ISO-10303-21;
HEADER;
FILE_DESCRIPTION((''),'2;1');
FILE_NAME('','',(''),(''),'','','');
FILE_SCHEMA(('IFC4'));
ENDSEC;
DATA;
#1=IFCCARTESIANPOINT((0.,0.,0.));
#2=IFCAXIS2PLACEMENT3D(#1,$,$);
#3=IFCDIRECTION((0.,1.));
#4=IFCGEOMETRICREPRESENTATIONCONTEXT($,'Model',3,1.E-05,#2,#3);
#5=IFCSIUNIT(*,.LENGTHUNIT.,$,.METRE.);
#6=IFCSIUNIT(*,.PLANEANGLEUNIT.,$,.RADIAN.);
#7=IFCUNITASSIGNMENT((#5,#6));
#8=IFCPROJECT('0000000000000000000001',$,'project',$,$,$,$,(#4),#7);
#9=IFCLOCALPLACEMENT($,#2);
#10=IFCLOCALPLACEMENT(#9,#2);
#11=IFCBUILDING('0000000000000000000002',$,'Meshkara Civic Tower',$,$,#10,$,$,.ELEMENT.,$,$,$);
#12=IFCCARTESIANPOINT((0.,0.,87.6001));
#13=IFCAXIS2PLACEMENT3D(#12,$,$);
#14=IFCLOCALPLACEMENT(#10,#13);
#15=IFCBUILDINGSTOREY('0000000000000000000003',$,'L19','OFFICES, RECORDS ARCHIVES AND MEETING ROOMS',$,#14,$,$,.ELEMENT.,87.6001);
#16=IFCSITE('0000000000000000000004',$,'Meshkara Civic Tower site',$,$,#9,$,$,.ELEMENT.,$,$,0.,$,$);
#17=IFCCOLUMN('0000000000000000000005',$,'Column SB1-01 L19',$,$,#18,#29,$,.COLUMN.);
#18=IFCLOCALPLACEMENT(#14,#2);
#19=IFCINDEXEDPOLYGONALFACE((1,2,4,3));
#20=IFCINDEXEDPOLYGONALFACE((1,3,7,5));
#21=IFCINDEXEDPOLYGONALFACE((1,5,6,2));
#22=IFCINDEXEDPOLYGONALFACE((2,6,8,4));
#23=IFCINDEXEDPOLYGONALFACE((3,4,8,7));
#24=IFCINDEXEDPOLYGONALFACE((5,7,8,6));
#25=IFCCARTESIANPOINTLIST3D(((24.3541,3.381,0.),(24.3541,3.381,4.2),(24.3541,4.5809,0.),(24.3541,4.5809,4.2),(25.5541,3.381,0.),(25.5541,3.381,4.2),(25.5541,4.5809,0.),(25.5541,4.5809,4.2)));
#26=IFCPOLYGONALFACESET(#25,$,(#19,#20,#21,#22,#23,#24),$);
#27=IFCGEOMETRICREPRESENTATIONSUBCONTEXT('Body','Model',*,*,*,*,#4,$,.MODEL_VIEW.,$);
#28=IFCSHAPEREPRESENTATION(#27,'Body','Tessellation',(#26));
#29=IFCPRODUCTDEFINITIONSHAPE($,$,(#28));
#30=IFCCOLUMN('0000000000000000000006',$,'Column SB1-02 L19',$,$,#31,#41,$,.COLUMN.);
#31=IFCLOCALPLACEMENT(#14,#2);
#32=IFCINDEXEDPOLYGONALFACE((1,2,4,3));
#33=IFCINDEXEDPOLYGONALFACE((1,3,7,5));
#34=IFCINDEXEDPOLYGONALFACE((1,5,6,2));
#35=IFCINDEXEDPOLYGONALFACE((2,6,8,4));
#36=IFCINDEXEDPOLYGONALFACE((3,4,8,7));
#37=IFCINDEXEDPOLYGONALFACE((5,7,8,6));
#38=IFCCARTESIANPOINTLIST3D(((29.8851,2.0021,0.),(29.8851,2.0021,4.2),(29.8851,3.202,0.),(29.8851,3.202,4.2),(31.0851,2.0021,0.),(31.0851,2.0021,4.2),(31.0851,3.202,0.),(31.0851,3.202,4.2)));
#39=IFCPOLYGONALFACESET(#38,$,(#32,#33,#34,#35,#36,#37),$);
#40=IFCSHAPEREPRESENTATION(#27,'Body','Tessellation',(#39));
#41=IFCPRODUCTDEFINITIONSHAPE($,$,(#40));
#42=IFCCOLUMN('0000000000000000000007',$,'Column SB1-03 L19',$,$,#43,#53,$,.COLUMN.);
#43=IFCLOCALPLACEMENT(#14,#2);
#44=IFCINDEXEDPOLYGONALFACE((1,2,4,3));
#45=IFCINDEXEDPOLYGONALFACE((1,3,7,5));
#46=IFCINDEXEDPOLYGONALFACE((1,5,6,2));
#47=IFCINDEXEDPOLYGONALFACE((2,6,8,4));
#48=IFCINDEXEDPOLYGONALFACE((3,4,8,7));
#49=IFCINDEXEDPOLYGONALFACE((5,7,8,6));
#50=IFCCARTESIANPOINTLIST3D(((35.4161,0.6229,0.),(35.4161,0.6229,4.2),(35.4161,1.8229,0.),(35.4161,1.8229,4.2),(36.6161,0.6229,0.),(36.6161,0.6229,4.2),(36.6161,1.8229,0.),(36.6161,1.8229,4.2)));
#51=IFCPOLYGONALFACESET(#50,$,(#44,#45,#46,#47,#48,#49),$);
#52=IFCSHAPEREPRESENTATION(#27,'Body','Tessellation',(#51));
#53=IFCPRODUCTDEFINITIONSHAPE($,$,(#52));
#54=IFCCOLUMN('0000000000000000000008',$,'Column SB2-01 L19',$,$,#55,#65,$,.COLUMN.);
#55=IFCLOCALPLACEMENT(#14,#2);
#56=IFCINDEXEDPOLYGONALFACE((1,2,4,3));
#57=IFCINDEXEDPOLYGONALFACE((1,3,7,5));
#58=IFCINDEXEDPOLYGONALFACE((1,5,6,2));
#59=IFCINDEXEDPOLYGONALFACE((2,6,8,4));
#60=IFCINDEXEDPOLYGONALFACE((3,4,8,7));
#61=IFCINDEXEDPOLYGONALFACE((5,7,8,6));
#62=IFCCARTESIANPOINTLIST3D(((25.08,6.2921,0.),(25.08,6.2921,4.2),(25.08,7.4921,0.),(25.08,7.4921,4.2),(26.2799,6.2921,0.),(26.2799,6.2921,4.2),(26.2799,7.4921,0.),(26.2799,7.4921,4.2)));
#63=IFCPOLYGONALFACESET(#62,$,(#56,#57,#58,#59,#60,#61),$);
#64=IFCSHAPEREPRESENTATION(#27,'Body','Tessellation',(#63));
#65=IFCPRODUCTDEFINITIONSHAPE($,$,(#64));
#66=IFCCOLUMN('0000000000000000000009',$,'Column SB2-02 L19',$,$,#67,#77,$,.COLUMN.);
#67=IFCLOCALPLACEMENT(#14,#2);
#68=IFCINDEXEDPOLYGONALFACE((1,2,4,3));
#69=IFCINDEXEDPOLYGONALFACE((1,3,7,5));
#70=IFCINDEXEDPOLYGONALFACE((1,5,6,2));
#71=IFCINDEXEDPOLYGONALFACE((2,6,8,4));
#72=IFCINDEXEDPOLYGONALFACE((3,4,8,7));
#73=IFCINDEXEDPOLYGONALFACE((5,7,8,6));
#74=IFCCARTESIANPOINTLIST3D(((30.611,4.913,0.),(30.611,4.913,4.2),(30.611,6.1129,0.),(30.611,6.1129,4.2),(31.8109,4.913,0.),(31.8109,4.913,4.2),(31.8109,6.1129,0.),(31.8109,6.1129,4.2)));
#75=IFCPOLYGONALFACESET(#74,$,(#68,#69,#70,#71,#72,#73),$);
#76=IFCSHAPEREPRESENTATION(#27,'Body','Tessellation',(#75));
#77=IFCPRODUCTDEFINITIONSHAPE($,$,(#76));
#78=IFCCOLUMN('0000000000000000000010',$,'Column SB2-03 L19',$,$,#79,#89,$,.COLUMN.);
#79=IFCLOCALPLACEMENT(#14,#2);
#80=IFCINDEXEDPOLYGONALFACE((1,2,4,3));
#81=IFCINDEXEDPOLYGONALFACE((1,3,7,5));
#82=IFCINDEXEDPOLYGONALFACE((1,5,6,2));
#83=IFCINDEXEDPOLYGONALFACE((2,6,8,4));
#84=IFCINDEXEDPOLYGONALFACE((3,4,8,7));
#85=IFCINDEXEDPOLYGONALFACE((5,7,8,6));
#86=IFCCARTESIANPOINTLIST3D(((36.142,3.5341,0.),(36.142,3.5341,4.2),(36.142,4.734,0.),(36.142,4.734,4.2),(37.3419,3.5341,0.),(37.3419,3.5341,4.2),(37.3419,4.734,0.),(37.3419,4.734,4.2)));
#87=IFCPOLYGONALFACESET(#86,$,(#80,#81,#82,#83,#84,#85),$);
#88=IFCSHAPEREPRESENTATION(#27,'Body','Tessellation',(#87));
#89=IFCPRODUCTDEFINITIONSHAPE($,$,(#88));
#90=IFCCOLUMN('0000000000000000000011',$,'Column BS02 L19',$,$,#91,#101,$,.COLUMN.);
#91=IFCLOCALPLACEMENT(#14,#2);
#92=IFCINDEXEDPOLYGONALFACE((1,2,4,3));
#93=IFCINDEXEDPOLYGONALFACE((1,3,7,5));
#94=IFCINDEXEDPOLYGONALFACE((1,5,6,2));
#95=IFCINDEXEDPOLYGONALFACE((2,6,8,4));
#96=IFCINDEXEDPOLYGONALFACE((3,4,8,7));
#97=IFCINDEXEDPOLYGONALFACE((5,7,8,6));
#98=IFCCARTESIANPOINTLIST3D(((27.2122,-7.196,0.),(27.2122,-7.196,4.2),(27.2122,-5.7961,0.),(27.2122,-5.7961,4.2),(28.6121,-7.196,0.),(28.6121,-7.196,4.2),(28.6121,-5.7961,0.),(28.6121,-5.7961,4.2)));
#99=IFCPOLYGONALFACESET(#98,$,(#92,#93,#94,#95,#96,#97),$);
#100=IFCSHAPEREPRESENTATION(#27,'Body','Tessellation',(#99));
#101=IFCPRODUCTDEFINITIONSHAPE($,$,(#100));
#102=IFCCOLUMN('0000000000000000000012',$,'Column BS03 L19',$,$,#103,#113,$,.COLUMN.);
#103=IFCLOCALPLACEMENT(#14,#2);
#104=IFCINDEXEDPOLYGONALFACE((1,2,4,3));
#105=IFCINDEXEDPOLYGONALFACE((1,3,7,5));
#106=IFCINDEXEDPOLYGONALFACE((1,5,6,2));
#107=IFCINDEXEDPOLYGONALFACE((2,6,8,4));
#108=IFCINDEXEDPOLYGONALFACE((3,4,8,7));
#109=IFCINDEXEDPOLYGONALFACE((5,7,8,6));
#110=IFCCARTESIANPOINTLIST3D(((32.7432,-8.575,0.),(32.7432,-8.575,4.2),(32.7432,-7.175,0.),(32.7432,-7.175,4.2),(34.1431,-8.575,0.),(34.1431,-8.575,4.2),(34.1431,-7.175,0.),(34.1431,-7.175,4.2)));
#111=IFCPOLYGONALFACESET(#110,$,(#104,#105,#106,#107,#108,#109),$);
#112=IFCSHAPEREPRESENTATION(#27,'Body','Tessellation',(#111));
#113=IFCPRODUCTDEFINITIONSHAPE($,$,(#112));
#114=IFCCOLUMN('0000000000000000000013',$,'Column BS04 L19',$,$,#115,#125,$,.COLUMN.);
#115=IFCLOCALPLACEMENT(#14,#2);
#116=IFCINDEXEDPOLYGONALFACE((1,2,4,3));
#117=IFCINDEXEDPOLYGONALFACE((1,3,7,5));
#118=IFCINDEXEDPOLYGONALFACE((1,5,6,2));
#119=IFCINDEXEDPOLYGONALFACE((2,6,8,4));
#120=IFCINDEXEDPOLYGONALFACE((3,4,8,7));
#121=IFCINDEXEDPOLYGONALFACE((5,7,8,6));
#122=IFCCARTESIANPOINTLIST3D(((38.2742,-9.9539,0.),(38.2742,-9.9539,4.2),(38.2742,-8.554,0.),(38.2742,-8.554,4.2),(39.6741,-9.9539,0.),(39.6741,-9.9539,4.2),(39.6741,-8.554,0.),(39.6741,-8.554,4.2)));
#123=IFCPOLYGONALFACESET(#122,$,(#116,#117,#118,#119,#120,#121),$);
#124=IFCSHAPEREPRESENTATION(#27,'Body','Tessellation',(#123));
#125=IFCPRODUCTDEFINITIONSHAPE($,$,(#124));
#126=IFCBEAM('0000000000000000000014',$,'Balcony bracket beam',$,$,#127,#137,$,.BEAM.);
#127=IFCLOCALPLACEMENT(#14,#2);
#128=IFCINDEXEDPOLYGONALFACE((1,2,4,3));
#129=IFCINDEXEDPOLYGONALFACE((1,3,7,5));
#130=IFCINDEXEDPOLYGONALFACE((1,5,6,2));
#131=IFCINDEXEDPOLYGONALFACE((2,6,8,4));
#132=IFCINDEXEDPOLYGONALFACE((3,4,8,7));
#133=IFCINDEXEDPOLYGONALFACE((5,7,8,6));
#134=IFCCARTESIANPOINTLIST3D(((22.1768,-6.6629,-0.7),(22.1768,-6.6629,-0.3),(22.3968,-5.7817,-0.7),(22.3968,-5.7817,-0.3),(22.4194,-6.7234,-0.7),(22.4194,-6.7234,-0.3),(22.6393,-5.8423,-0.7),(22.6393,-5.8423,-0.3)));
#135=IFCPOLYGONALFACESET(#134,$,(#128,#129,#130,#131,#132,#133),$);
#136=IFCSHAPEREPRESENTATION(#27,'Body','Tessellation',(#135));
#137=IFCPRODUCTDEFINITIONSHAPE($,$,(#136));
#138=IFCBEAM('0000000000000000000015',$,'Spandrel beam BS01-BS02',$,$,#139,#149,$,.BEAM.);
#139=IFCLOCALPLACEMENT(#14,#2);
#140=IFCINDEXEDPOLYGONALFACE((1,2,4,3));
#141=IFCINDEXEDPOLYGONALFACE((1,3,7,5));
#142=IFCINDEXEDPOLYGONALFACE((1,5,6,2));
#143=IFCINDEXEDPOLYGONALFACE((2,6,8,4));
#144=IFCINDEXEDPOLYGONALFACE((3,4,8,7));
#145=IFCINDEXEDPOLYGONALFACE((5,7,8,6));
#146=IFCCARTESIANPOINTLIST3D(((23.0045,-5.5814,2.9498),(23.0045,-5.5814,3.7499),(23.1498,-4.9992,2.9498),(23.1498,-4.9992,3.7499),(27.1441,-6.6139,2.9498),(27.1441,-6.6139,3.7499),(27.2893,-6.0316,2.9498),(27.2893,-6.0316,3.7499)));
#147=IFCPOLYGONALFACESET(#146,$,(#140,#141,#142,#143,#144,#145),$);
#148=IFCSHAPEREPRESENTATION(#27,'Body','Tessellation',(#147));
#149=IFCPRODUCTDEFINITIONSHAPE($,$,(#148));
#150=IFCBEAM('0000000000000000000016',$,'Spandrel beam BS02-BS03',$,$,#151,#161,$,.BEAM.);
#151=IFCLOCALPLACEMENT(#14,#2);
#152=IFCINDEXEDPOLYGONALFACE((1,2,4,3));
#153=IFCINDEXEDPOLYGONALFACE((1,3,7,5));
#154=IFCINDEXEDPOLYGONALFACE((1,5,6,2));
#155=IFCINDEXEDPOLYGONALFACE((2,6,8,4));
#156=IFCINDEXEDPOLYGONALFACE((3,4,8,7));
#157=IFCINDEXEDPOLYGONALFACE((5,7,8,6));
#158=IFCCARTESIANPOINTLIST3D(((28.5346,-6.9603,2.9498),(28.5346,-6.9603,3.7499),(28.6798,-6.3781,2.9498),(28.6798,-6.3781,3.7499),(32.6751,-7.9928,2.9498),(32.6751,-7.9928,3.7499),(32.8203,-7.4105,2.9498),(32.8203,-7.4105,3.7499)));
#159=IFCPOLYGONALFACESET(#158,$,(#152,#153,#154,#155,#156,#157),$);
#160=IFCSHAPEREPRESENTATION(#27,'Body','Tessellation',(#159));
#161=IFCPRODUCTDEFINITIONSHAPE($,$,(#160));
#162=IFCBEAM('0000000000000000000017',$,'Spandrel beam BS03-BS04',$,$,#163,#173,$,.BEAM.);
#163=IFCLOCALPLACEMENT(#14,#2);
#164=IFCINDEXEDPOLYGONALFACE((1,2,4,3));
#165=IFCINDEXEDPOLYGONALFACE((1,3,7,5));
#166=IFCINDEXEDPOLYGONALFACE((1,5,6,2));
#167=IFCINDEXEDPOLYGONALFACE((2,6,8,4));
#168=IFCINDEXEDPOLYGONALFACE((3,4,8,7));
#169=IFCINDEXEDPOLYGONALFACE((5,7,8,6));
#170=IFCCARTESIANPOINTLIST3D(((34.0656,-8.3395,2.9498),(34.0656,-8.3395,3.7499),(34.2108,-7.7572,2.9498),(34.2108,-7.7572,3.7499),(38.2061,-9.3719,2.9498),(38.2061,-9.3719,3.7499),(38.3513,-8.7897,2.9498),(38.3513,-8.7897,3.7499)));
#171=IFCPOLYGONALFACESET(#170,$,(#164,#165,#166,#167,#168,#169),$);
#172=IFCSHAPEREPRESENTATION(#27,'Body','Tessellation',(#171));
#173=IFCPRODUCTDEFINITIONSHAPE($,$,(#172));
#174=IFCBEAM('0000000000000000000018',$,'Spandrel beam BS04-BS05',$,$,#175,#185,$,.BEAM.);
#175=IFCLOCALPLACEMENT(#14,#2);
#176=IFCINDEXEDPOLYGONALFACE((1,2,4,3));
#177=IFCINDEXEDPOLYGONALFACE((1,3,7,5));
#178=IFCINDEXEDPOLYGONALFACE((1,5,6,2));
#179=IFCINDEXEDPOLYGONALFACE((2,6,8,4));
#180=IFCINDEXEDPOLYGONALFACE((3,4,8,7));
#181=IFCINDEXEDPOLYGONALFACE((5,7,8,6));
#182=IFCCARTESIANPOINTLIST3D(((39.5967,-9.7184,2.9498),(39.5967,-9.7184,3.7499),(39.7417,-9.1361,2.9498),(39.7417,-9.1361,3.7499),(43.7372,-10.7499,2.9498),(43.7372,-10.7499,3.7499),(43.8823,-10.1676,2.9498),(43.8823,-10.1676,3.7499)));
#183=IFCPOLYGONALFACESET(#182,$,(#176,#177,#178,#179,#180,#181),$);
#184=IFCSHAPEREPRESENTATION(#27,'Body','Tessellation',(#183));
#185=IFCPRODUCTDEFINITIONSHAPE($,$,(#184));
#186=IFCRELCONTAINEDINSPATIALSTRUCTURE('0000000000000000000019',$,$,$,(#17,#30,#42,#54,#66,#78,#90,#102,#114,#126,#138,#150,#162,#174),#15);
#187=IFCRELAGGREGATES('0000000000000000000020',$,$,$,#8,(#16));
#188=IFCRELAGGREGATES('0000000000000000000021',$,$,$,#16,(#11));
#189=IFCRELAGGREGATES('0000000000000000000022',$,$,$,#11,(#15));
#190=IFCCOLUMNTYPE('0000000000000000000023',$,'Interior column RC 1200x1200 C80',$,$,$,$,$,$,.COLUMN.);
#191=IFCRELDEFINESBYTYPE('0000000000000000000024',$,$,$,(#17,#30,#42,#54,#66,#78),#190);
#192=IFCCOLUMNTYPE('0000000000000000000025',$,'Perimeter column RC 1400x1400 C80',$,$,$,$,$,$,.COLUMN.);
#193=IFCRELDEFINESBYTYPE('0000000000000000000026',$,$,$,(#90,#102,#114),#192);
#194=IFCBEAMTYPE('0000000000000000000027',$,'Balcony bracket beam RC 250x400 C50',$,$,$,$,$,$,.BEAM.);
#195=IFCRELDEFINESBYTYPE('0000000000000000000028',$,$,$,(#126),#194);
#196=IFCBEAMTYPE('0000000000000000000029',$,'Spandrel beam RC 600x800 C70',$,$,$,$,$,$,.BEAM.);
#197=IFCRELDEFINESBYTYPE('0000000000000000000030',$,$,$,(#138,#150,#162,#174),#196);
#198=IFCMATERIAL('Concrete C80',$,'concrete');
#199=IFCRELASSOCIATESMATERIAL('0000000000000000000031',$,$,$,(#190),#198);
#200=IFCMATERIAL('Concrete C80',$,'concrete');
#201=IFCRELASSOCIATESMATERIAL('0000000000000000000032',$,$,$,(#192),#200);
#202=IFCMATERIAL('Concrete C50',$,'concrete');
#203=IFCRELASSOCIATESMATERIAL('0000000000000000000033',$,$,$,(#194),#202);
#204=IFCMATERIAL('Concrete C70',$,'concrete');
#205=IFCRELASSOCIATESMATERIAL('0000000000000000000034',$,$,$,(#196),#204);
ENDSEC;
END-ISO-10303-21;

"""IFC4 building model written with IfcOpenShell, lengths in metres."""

from ifc_helpers import new_model, si_unit, direction, frame, origin, origin_2d, place, context, subcontext, project, spatial, rectangle, extrude, material, material_profile, profile_set, type_object, element, save


model = new_model("IFC4")

# Units and contexts
model_context = context("Model", 3, precision=1e-05, world=origin(), true_north=direction((0.0, 1.0)))
body_context = subcontext(model_context, "Body", "Model", "MODEL_VIEW")
ifc_project = project(units=[si_unit("LENGTHUNIT", "METRE"), si_unit("PLANEANGLEUNIT", "RADIAN")], contexts=[model_context])

# Site, building, storey
site_placement = place(None, origin())
site = spatial("IfcSite", under=ifc_project, at=site_placement, Name="Meshkara Civic Tower site", CompositionType="ELEMENT", RefElevation=0.0)
building_placement = place(site_placement, origin())
building = spatial("IfcBuilding", under=site, at=building_placement, Name="Meshkara Civic Tower", CompositionType="ELEMENT")
storey_placement = place(building_placement, frame((0.0, 0.0, 87.6001)))
storey = spatial("IfcBuildingStorey", under=building, at=storey_placement, Name="L19", Description="OFFICES, RECORDS ARCHIVES AND MEETING ROOMS", CompositionType="ELEMENT", Elevation=87.6001)

# Columns
ifc_material_1 = material(Name="Concrete C80", Category="concrete")
ifc_material_profile_1 = material_profile(ifc_material_1, rectangle(XDim=1.2, YDim=1.2, at=origin_2d()))
ifc_profile_set_1 = profile_set([ifc_material_profile_1], Name="Concrete C80")
column_type_1 = type_object("IfcColumnType", Name="Interior column RC 1200x1200 C80", PredefinedType="COLUMN", material=ifc_profile_set_1)
for number, where, z_axis, x_axis, name in (
    (1, (24.9541, 3.981, 0.0), (0.0, 0.0, 1.0), (1.0, 0.0, 0.0), "Column SB1-01 L19"),
    (2, (30.4851, 2.6021, 0.0), (0.0, 0.0, 1.0), (1.0, 0.0, 0.0), "Column SB1-02 L19"),
    (3, (36.0161, 1.2229, 0.0), (0.0, 0.0, 1.0), (1.0, 0.0, 0.0), "Column SB1-03 L19"),
    (4, (25.6799, 6.8921, 0.0), (0.0, 0.0, 1.0), (1.0, 0.0, 0.0), "Column SB2-01 L19"),
    (5, (31.2109, 5.5129, 0.0), (0.0, 0.0, 1.0), (1.0, 0.0, 0.0), "Column SB2-02 L19"),
    (6, (36.7419, 4.134, 0.0), (0.0, 0.0, 1.0), (1.0, 0.0, 0.0), "Column SB2-03 L19"),
):
    element("IfcColumn", number, at=place(storey_placement, frame(where, z_axis=z_axis, x_axis=x_axis)), inside=storey, type_object=column_type_1, Name=name, PredefinedType="COLUMN", context=body_context, shape_type="SweptSolid", body=[
        extrude(rectangle(XDim=1.2, YDim=1.2, at=origin_2d()), origin(), (0.0, 0.0, 1.0), 4.2),
    ])
ifc_material_2 = material(Name="Concrete C80", Category="concrete")
ifc_material_profile_2 = material_profile(ifc_material_2, rectangle(XDim=1.3999, YDim=1.3999, at=origin_2d()))
ifc_profile_set_2 = profile_set([ifc_material_profile_2], Name="Concrete C80")
column_type_2 = type_object("IfcColumnType", Name="Perimeter column RC 1400x1400 C80", PredefinedType="COLUMN", material=ifc_profile_set_2)
for number, where, z_axis, x_axis, name in (
    (7, (27.9121, -6.4961, 0.0), (0.0, 0.0, 1.0), (1.0, 0.0, 0.0), "Column BS02 L19"),
    (8, (33.4431, -7.875, 0.0), (0.0, 0.0, 1.0), (1.0, 0.0, 0.0), "Column BS03 L19"),
    (9, (38.9741, -9.2539, 0.0), (0.0, 0.0, 1.0), (1.0, 0.0, 0.0), "Column BS04 L19"),
):
    element("IfcColumn", number, at=place(storey_placement, frame(where, z_axis=z_axis, x_axis=x_axis)), inside=storey, type_object=column_type_2, Name=name, PredefinedType="COLUMN", context=body_context, shape_type="SweptSolid", body=[
        extrude(rectangle(XDim=1.3999, YDim=1.3999, at=origin_2d()), origin(), (0.0, 0.0, 1.0), 4.2),
    ])

# Beams
ifc_material_3 = material(Name="Concrete C50", Category="concrete")
ifc_material_profile_3 = material_profile(ifc_material_3, rectangle(XDim=0.25, YDim=0.3999, at=origin_2d()))
ifc_profile_set_3 = profile_set([ifc_material_profile_3], Name="Concrete C50")
beam_type_1 = type_object("IfcBeamType", Name="Balcony bracket beam RC 250x400 C50", PredefinedType="BEAM", material=ifc_profile_set_3)
beam_1_placement = place(storey_placement, frame((22.5181, -5.812, -0.5), z_axis=(-0.242219, -0.970222, 0.0), x_axis=(0.970222, -0.242219, 0.0)))
element("IfcBeam", 10, at=beam_1_placement, inside=storey, type_object=beam_type_1, Name="Balcony bracket beam", PredefinedType="BEAM", context=body_context, shape_type="SweptSolid", body=[
    extrude(rectangle(XDim=0.25, YDim=0.3999, at=origin_2d()), origin(), (0.0, 0.0, 1.0), 0.9082),
])
ifc_material_4 = material(Name="Concrete C70", Category="concrete")
ifc_material_profile_4 = material_profile(ifc_material_4, rectangle(XDim=0.6001, YDim=0.8, at=origin_2d()))
ifc_profile_set_4 = profile_set([ifc_material_profile_4], Name="Concrete C70")
beam_type_2 = type_object("IfcBeamType", Name="Spandrel beam RC 600x800 C70", PredefinedType="BEAM", material=ifc_profile_set_4)
beam_2_placement = place(storey_placement, frame((23.0771, -5.2903, 3.3499), z_axis=(0.970277, -0.241997, 0.0), x_axis=(0.241997, 0.970277, 0.0)))
element("IfcBeam", 11, at=beam_2_placement, inside=storey, type_object=beam_type_2, Name="Spandrel beam BS01-BS02", PredefinedType="BEAM", context=body_context, shape_type="SweptSolid", body=[
    extrude(rectangle(XDim=0.6001, YDim=0.8, at=origin_2d()), origin(), (0.0, 0.0, 1.0), 4.2664),
])
for number, where, z_axis, x_axis, name in (
    (12, (28.6072, -6.6692, 3.3499), (0.97029, -0.241943, 0.0), (0.241943, 0.97029, 0.0), "Spandrel beam BS02-BS03"),
    (13, (34.1382, -8.0483, 3.3499), (0.97029, -0.241943, 0.0), (0.241943, 0.97029, 0.0), "Spandrel beam BS03-BS04"),
):
    element("IfcBeam", number, at=place(storey_placement, frame(where, z_axis=z_axis, x_axis=x_axis)), inside=storey, type_object=beam_type_2, Name=name, PredefinedType="BEAM", context=body_context, shape_type="SweptSolid", body=[
        extrude(rectangle(XDim=0.6001, YDim=0.8, at=origin_2d()), origin(), (0.0, 0.0, 1.0), 4.2673),
    ])
beam_3_placement = place(storey_placement, frame((39.6692, -9.4272, 3.3499), z_axis=(0.970344, -0.241728, 0.0), x_axis=(0.241728, 0.970344, 0.0)))
element("IfcBeam", 14, at=beam_3_placement, inside=storey, type_object=beam_type_2, Name="Spandrel beam BS04-BS05", PredefinedType="BEAM", context=body_context, shape_type="SweptSolid", body=[
    extrude(rectangle(XDim=0.6001, YDim=0.8, at=origin_2d()), origin(), (0.0, 0.0, 1.0), 4.2671),
])

save(model, "model.ifc")
